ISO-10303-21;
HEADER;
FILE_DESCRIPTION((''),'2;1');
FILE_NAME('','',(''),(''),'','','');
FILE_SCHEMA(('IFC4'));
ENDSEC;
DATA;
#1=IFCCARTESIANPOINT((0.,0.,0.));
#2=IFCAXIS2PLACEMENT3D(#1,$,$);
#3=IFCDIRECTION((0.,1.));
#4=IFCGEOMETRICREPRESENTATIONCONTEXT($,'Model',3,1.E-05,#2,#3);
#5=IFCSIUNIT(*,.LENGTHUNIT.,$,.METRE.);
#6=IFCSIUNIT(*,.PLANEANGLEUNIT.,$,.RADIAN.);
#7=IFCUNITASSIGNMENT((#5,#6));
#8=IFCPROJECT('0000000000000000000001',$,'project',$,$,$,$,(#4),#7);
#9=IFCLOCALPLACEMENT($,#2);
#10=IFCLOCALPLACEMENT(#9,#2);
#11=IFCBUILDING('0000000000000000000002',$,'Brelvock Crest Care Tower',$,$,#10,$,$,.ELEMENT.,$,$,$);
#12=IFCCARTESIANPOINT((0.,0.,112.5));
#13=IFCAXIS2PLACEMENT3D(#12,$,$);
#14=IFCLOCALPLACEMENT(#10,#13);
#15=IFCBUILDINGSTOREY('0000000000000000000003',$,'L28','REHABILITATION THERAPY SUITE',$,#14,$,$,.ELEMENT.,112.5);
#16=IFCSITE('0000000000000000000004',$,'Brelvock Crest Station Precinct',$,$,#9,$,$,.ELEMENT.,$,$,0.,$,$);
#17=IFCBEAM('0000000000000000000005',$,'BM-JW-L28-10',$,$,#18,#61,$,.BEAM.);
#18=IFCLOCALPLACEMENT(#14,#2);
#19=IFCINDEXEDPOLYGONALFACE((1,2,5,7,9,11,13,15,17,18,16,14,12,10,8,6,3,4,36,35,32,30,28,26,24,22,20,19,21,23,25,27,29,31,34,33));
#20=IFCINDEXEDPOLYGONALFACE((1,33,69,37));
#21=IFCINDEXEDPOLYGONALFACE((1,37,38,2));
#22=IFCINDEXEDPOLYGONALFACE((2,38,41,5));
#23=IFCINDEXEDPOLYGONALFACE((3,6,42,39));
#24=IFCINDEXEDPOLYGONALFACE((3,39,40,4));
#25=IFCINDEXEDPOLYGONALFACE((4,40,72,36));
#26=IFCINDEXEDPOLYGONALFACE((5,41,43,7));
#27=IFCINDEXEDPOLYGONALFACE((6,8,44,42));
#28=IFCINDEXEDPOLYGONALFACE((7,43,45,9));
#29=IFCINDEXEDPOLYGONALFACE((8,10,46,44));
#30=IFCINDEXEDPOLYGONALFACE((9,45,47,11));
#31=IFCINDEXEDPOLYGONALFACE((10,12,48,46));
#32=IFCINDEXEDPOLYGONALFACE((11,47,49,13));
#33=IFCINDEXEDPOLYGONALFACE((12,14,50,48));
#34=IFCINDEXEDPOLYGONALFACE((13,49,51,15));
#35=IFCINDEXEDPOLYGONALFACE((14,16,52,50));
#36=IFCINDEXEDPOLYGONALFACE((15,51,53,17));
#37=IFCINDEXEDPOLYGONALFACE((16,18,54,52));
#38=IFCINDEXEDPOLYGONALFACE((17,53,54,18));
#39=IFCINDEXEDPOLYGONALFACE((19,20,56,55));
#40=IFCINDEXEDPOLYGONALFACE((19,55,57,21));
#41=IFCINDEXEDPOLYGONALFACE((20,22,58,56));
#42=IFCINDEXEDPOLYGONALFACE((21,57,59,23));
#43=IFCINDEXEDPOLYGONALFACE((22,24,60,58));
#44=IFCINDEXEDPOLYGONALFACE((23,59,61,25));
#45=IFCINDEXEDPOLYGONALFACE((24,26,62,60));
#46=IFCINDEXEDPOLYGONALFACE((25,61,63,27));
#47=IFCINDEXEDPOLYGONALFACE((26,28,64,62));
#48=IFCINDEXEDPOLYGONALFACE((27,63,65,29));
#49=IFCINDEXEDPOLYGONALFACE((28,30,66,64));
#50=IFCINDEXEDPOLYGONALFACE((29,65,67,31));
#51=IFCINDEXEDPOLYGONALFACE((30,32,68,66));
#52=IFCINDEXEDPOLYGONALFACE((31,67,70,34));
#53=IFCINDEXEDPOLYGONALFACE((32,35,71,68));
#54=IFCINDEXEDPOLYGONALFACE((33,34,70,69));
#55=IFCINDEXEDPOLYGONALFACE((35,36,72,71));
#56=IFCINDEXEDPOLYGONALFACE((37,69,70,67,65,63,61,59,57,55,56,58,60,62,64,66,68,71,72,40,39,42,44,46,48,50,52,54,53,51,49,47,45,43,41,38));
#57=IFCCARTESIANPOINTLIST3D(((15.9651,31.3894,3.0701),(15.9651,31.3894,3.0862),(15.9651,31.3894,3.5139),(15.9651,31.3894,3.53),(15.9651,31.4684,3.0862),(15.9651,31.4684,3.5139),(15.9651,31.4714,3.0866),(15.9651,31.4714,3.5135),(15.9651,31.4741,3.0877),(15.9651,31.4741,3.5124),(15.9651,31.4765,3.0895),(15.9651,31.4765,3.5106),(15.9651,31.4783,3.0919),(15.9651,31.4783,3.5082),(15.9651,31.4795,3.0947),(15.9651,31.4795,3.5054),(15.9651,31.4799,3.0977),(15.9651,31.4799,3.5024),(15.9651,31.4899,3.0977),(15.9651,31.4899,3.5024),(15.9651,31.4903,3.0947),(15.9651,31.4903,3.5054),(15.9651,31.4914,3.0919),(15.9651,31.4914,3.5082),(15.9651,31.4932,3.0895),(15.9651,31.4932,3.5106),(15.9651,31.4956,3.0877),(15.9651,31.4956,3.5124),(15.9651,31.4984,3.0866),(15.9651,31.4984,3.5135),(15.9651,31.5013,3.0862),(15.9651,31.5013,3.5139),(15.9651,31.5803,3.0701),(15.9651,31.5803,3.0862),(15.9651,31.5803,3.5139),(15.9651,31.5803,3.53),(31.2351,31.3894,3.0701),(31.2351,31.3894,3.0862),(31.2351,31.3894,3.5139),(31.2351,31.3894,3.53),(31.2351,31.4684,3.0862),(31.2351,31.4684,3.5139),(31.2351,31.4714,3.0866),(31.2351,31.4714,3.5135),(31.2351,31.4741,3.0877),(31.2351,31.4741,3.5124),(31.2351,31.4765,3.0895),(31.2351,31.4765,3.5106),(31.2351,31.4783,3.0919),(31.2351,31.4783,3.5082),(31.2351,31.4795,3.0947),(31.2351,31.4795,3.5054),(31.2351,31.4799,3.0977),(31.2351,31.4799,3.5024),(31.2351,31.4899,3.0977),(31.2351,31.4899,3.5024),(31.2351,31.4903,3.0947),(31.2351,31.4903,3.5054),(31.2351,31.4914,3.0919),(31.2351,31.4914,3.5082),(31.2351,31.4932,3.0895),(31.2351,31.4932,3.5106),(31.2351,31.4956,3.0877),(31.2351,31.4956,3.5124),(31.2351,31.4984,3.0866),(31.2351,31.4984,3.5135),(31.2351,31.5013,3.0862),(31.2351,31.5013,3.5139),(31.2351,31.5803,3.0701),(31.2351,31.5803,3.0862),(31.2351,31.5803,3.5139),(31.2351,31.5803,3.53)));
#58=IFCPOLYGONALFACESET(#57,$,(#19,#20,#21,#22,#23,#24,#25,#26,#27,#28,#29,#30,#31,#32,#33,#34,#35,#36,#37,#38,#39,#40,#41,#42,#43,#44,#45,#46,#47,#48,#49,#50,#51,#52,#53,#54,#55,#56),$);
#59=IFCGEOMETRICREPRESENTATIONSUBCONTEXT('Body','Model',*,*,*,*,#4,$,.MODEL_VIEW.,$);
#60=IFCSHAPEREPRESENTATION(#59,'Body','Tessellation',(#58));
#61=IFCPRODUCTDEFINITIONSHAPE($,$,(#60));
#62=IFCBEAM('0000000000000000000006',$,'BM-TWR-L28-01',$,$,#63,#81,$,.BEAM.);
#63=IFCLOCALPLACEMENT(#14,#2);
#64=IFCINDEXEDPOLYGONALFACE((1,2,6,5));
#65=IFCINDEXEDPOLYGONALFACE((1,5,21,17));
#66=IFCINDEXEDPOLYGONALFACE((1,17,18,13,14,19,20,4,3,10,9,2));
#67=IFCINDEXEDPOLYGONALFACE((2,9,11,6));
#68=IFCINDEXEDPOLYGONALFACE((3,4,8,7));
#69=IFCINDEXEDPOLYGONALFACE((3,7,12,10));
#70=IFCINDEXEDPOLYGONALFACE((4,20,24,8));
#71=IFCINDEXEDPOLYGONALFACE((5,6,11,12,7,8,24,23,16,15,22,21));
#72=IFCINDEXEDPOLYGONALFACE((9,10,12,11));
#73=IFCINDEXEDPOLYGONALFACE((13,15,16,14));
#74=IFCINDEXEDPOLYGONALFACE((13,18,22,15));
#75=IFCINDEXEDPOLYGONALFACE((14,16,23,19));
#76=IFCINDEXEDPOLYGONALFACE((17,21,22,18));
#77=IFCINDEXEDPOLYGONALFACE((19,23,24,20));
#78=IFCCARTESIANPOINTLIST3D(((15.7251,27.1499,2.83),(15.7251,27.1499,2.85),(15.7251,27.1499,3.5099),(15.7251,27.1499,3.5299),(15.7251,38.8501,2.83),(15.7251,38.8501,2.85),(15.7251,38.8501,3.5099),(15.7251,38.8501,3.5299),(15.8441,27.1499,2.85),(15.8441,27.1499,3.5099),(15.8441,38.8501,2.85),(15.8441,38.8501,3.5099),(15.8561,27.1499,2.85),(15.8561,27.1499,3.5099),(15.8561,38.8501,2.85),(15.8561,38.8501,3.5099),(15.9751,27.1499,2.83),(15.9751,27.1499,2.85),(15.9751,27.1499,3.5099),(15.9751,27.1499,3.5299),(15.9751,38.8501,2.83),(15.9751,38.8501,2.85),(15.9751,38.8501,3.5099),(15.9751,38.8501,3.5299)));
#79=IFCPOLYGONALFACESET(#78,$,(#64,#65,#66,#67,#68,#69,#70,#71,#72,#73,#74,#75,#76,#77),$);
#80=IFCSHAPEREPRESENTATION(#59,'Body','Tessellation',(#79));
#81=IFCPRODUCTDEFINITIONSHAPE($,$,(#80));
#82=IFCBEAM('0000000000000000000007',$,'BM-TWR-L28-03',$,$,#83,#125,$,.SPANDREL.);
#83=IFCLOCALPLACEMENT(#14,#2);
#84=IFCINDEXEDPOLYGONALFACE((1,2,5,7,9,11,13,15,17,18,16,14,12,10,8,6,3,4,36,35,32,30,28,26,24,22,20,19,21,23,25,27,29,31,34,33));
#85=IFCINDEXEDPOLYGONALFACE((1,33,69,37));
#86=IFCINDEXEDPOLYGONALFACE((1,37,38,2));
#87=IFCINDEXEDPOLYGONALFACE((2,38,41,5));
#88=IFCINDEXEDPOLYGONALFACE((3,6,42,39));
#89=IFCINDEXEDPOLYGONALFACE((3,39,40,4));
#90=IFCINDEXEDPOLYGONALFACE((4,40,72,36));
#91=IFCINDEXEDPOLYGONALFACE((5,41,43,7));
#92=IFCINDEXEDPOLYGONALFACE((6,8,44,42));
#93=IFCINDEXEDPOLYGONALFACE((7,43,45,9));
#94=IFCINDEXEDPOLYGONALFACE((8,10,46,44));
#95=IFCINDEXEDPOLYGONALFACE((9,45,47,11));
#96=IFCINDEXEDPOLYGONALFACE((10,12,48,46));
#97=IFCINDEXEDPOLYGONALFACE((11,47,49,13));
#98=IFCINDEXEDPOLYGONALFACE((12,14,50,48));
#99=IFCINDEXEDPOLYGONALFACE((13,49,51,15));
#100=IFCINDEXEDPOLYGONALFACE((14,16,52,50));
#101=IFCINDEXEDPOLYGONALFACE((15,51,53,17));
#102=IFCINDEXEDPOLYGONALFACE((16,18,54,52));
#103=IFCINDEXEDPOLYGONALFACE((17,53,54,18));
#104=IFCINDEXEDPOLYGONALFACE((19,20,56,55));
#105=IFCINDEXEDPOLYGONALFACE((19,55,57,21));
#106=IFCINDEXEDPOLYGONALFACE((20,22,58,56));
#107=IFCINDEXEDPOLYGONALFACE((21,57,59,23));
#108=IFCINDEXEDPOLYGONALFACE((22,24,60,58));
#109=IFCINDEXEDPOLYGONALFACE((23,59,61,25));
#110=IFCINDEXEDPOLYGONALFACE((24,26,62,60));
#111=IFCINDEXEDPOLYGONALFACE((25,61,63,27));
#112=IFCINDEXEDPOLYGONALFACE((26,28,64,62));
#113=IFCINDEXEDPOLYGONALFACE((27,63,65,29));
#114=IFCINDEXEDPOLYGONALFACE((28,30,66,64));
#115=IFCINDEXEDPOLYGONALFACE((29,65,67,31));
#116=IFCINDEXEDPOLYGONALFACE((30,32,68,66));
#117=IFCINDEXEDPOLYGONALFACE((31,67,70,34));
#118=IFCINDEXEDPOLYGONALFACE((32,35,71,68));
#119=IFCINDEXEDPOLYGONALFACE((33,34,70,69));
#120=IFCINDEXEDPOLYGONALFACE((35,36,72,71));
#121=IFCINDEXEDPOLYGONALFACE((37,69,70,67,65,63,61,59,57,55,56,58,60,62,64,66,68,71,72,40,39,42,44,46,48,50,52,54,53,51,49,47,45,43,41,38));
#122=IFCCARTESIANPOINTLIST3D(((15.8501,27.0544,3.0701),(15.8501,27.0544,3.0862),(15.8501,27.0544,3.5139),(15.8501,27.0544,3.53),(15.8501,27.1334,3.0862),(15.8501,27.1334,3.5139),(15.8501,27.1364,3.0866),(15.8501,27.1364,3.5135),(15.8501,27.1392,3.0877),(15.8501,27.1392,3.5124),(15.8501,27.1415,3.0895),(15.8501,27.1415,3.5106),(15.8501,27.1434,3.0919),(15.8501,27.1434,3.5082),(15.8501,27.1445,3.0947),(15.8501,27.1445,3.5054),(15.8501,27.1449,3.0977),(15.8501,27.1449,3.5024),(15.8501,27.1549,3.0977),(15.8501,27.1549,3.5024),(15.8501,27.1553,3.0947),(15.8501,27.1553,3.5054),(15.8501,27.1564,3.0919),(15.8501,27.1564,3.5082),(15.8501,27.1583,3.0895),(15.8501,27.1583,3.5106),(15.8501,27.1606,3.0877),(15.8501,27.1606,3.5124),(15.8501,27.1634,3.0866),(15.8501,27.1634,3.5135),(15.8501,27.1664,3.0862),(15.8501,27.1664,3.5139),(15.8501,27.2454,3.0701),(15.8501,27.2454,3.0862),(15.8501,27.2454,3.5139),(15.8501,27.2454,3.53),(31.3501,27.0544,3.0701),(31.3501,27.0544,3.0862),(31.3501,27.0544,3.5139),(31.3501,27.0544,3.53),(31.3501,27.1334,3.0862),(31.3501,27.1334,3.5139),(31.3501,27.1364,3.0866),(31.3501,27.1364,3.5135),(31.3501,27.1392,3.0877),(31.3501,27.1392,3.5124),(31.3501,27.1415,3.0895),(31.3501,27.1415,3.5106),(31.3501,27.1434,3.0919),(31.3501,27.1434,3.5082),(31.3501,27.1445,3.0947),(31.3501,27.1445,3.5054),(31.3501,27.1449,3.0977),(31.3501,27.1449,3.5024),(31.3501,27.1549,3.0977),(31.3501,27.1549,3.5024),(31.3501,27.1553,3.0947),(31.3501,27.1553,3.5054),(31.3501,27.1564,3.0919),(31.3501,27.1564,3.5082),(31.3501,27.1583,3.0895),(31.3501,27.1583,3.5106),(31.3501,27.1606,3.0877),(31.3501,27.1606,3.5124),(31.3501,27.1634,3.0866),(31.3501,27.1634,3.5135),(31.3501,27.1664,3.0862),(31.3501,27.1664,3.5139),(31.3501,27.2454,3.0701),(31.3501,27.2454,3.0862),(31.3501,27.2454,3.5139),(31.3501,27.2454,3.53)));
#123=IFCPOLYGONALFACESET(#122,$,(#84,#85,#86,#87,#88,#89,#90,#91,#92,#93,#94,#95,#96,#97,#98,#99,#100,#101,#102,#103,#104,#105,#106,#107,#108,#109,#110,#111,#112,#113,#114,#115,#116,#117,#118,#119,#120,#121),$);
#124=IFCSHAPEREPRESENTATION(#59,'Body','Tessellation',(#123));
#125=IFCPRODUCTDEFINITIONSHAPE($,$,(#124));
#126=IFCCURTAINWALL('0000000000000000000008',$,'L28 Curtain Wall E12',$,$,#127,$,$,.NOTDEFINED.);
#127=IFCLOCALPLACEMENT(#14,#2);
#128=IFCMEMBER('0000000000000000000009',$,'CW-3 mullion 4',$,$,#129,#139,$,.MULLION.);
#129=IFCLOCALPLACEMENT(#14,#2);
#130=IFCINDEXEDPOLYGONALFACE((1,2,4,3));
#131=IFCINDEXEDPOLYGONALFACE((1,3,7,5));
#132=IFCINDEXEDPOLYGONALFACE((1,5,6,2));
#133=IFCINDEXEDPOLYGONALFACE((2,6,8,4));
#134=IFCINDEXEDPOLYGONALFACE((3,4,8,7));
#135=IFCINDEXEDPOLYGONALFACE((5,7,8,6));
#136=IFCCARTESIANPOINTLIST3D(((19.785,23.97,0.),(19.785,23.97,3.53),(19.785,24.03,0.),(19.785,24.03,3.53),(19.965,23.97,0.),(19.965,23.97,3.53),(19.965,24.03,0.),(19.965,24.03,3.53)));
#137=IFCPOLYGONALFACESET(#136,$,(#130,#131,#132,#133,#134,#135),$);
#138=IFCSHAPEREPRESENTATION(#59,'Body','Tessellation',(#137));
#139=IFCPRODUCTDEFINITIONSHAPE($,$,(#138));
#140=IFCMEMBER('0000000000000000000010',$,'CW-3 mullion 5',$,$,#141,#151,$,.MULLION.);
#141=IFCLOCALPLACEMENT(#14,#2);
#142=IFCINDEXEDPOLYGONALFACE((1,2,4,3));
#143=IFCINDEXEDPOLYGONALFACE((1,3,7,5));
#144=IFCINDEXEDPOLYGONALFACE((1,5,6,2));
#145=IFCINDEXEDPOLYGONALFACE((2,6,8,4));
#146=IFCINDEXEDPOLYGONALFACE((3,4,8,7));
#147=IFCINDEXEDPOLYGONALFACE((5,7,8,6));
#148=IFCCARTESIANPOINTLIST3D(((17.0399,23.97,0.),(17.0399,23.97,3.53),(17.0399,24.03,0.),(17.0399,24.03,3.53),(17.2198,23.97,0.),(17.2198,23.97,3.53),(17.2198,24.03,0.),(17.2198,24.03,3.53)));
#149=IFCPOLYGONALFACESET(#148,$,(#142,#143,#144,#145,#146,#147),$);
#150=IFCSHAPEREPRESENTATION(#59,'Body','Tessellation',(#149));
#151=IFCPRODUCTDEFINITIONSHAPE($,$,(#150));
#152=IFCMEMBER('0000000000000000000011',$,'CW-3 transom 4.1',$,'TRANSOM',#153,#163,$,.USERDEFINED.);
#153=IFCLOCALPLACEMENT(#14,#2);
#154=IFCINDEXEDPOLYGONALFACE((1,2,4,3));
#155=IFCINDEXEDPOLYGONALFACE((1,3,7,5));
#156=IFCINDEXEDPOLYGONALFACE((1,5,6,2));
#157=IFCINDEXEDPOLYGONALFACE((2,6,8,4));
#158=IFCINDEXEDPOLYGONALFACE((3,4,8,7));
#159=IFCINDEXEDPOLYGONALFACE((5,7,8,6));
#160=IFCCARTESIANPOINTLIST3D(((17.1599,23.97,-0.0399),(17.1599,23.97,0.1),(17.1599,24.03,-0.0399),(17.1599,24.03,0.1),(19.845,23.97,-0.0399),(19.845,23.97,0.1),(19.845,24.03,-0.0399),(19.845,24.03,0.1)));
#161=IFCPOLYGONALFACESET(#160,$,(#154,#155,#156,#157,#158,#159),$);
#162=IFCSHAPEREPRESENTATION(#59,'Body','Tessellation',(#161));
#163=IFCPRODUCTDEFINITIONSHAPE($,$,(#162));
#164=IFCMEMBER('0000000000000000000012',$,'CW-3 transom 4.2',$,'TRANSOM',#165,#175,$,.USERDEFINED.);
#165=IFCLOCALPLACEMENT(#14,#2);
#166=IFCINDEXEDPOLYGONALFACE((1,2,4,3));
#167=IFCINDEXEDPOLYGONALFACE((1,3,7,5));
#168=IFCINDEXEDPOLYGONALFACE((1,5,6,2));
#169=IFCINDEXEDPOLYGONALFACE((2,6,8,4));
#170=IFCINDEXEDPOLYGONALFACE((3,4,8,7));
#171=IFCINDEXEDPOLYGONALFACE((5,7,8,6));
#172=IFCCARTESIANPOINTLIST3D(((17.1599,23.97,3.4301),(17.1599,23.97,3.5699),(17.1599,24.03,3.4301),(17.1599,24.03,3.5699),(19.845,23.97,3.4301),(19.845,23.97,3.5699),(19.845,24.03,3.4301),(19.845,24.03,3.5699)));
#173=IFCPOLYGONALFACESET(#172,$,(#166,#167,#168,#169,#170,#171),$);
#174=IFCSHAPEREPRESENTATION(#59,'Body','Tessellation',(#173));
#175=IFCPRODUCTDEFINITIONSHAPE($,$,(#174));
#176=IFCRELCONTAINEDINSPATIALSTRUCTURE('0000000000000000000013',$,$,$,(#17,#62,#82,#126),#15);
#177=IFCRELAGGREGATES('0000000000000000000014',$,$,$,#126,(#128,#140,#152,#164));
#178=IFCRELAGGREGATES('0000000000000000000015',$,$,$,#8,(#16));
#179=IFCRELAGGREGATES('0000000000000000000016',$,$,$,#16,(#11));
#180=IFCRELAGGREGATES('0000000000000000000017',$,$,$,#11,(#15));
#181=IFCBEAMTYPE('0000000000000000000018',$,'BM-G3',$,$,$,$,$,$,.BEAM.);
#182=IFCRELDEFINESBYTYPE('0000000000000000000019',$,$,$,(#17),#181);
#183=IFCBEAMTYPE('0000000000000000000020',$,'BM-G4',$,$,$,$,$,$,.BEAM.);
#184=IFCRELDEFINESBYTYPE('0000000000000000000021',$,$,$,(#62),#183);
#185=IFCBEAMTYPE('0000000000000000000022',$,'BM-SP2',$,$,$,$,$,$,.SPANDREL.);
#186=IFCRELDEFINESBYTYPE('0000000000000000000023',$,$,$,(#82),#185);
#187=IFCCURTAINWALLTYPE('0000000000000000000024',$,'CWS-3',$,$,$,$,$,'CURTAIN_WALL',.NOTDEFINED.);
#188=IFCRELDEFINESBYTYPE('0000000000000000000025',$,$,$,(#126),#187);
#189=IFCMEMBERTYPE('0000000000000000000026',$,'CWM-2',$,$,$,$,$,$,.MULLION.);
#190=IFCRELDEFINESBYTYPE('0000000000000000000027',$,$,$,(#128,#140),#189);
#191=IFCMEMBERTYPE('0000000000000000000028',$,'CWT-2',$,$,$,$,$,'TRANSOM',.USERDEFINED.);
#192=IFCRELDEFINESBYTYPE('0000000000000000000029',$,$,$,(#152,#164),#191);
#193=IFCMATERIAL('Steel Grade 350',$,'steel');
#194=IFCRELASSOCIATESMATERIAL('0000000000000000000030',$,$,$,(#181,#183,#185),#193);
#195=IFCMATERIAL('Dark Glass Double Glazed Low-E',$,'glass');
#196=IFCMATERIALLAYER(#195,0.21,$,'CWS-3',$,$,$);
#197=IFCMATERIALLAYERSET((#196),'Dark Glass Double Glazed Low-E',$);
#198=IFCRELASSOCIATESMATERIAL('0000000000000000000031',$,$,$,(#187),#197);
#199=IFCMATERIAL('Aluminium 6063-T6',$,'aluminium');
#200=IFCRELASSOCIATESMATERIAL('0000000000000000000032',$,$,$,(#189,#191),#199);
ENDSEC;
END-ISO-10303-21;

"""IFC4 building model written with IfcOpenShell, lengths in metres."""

from ifc_helpers import new_model, si_unit, direction, frame, origin, origin_2d, place, context, subcontext, project, spatial, rectangle, i_section, extrude, source, transform, mapped, material, layer, layer_set, material_profile, profile_set, type_object, element, aggregate, save


model = new_model("IFC4")

# Units and contexts
model_context = context("Model", 3, precision=1e-05, world=origin(), true_north=direction((0.0, 1.0)))
body_context = subcontext(model_context, "Body", "Model", "MODEL_VIEW")
ifc_project = project(units=[si_unit("LENGTHUNIT", "METRE"), si_unit("PLANEANGLEUNIT", "RADIAN")], contexts=[model_context])

# Site, building, storey
site_placement = place(None, origin())
site = spatial("IfcSite", under=ifc_project, at=site_placement, Name="Brelvock Crest Station Precinct", CompositionType="ELEMENT", RefElevation=0.0)
building_placement = place(site_placement, origin())
building = spatial("IfcBuilding", under=site, at=building_placement, Name="Brelvock Crest Care Tower", CompositionType="ELEMENT")
storey_placement = place(building_placement, frame((0.0, 0.0, 112.5)))
storey = spatial("IfcBuildingStorey", under=building, at=storey_placement, Name="L28", Description="REHABILITATION THERAPY SUITE", CompositionType="ELEMENT", Elevation=112.5)

# Shared definitions
ifc_material_1 = material(Name="Steel Grade 350", Category="steel")

# Beams
ifc_material_profile_1 = material_profile(ifc_material_1, i_section(OverallWidth=0.1909, OverallDepth=0.46, WebThickness=0.01, FlangeThickness=0.0161, FilletRadius=0.0115, at=origin_2d()), Name="460UB82.1")
ifc_profile_set_1 = profile_set([ifc_material_profile_1], Name="Steel Grade 350")
beam_type_1 = type_object("IfcBeamType", Name="BM-G3", PredefinedType="BEAM", material=ifc_profile_set_1)
shared_shape_1 = source(origin(), body_context, "Body", "SweptSolid", [
    extrude(i_section(OverallWidth=0.1909, OverallDepth=0.46, WebThickness=0.01, FlangeThickness=0.0161, FilletRadius=0.0115, at=origin_2d()), origin(), (0.0, 0.0, 1.0), 15.27),
])
for number, where, z_axis, x_axis, name in (
    (1, (15.9651, 31.4849, 3.3), (1.0, 0.0, 0.0), (0.0, 1.0, 0.0), "BM-JW-L28-10"),
):
    element("IfcBeam", number, at=place(storey_placement, frame(where, z_axis=z_axis, x_axis=x_axis)), inside=storey, type_object=beam_type_1, Name=name, PredefinedType="BEAM", context=body_context, shape_type="MappedRepresentation", body=[
        mapped(shared_shape_1, transform((0.0, 0.0, 0.0), x_axis=(1.0, 0.0, 0.0), y_axis=(0.0, 1.0, 0.0), z_axis=(0.0, 0.0, 1.0), scale=1.0)),
    ])
ifc_material_profile_2 = material_profile(ifc_material_1, i_section(OverallWidth=0.25, OverallDepth=0.7, WebThickness=0.012, FlangeThickness=0.02, at=origin_2d()), Name="700WB150")
ifc_profile_set_2 = profile_set([ifc_material_profile_2], Name="Steel Grade 350")
beam_type_2 = type_object("IfcBeamType", Name="BM-G4", PredefinedType="BEAM", material=ifc_profile_set_2)
shared_shape_2 = source(origin(), body_context, "Body", "SweptSolid", [
    extrude(i_section(OverallWidth=0.25, OverallDepth=0.7, WebThickness=0.012, FlangeThickness=0.02, at=origin_2d()), origin(), (0.0, 0.0, 1.0), 11.7002),
])
beam_1_placement = place(storey_placement, frame((15.8501, 27.1499, 3.1799), z_axis=(0.0, 1.0, 0.0), x_axis=(-1.0, 0.0, 0.0)))
element("IfcBeam", 2, at=beam_1_placement, inside=storey, type_object=beam_type_2, Name="BM-TWR-L28-01", PredefinedType="BEAM", context=body_context, shape_type="MappedRepresentation", body=[
    mapped(shared_shape_2, transform((0.0, 0.0, 0.0), x_axis=(1.0, 0.0, 0.0), y_axis=(0.0, 1.0, 0.0), z_axis=(0.0, 0.0, 1.0), scale=1.0)),
])
ifc_material_profile_3 = material_profile(ifc_material_1, i_section(OverallWidth=0.1909, OverallDepth=0.46, WebThickness=0.01, FlangeThickness=0.0161, FilletRadius=0.0115, at=origin_2d()), Name="460UB82.1")
ifc_profile_set_3 = profile_set([ifc_material_profile_3], Name="Steel Grade 350")
beam_type_3 = type_object("IfcBeamType", Name="BM-SP2", PredefinedType="SPANDREL", material=ifc_profile_set_3)
shared_shape_3 = source(origin(), body_context, "Body", "SweptSolid", [
    extrude(i_section(OverallWidth=0.1909, OverallDepth=0.46, WebThickness=0.01, FlangeThickness=0.0161, FilletRadius=0.0115, at=origin_2d()), origin(), (0.0, 0.0, 1.0), 15.5),
])
beam_2_placement = place(storey_placement, frame((15.8501, 27.1499, 3.3), z_axis=(1.0, 0.0, 0.0), x_axis=(0.0, 1.0, 0.0)))
element("IfcBeam", 3, at=beam_2_placement, inside=storey, type_object=beam_type_3, Name="BM-TWR-L28-03", PredefinedType="SPANDREL", context=body_context, shape_type="MappedRepresentation", body=[
    mapped(shared_shape_3, transform((0.0, 0.0, 0.0), x_axis=(1.0, 0.0, 0.0), y_axis=(0.0, 1.0, 0.0), z_axis=(0.0, 0.0, 1.0), scale=1.0)),
])

# Curtain wall, members
ifc_material_2 = material(Name="Dark Glass Double Glazed Low-E", Category="glass")
ifc_layer_1 = layer(ifc_material_2, 0.21, Name="CWS-3")
ifc_layer_set_1 = layer_set([ifc_layer_1], Name="Dark Glass Double Glazed Low-E")
curtain_wall_type = type_object("IfcCurtainWallType", Name="CWS-3", ElementType="CURTAIN_WALL", PredefinedType="NOTDEFINED", material=ifc_layer_set_1)
curtain_wall_placement = place(storey_placement, origin())
curtain_wall = element("IfcCurtainWall", 4, at=curtain_wall_placement, inside=storey, type_object=curtain_wall_type, Name="L28 Curtain Wall E12", PredefinedType="NOTDEFINED")
ifc_material_3 = material(Name="Aluminium 6063-T6", Category="aluminium")
ifc_material_profile_4 = material_profile(ifc_material_3, rectangle(XDim=0.0601, YDim=0.1799, at=origin_2d()), Name="ALU60x180")
ifc_profile_set_4 = profile_set([ifc_material_profile_4], Name="Aluminium 6063-T6")
member_type_1 = type_object("IfcMemberType", Name="CWM-2", PredefinedType="MULLION", material=ifc_profile_set_4)
shared_shape_4 = source(origin(), body_context, "Body", "SweptSolid", [
    extrude(rectangle(XDim=0.0601, YDim=0.1799, at=origin_2d()), origin(), (0.0, 0.0, 1.0), 3.53),
])
member_1_placement = place(storey_placement, frame((19.875, 24.0, 0.0), z_axis=(0.0, 0.0, 1.0), x_axis=(0.0, -1.0, 0.0)))
member_1 = element("IfcMember", 5, at=member_1_placement, type_object=member_type_1, Name="CW-3 mullion 4", PredefinedType="MULLION", context=body_context, shape_type="MappedRepresentation", body=[
    mapped(shared_shape_4, transform((0.0, 0.0, 0.0), x_axis=(1.0, 0.0, 0.0), y_axis=(0.0, 1.0, 0.0), z_axis=(0.0, 0.0, 1.0), scale=1.0)),
])
member_2_placement = place(storey_placement, frame((17.1299, 24.0, 0.0), z_axis=(0.0, 0.0, 1.0), x_axis=(0.0, -1.0, 0.0)))
member_2 = element("IfcMember", 6, at=member_2_placement, type_object=member_type_1, Name="CW-3 mullion 5", PredefinedType="MULLION", context=body_context, shape_type="MappedRepresentation", body=[
    mapped(shared_shape_4, transform((0.0, 0.0, 0.0), x_axis=(1.0, 0.0, 0.0), y_axis=(0.0, 1.0, 0.0), z_axis=(0.0, 0.0, 1.0), scale=1.0)),
])
ifc_material_profile_5 = material_profile(ifc_material_3, rectangle(XDim=0.0601, YDim=0.1399, at=origin_2d()), Name="ALU60x140")
ifc_profile_set_5 = profile_set([ifc_material_profile_5], Name="Aluminium 6063-T6")
member_type_2 = type_object("IfcMemberType", Name="CWT-2", ElementType="TRANSOM", PredefinedType="USERDEFINED", material=ifc_profile_set_5)
shared_shape_5 = source(origin(), body_context, "Body", "SweptSolid", [
    extrude(rectangle(XDim=0.0601, YDim=0.1399, at=origin_2d()), origin(), (0.0, 0.0, 1.0), 2.6851),
])
member_3_placement = place(storey_placement, frame((19.845, 24.0, 0.03), z_axis=(-1.0, 0.0, 0.0), x_axis=(0.0, -1.0, 0.0)))
member_3 = element("IfcMember", 7, at=member_3_placement, type_object=member_type_2, Name="CW-3 transom 4.1", ObjectType="TRANSOM", PredefinedType="USERDEFINED", context=body_context, shape_type="MappedRepresentation", body=[
    mapped(shared_shape_5, transform((0.0, 0.0, 0.0), x_axis=(1.0, 0.0, 0.0), y_axis=(0.0, 1.0, 0.0), z_axis=(0.0, 0.0, 1.0), scale=1.0)),
])
member_4_placement = place(storey_placement, frame((19.845, 24.0, 3.5), z_axis=(-1.0, 0.0, 0.0), x_axis=(0.0, -1.0, 0.0)))
member_4 = element("IfcMember", 8, at=member_4_placement, type_object=member_type_2, Name="CW-3 transom 4.2", ObjectType="TRANSOM", PredefinedType="USERDEFINED", context=body_context, shape_type="MappedRepresentation", body=[
    mapped(shared_shape_5, transform((0.0, 0.0, 0.0), x_axis=(1.0, 0.0, 0.0), y_axis=(0.0, 1.0, 0.0), z_axis=(0.0, 0.0, 1.0), scale=1.0)),
])
aggregate(curtain_wall, [member_1, member_2, member_3, member_4])

save(model, "model.ifc")
